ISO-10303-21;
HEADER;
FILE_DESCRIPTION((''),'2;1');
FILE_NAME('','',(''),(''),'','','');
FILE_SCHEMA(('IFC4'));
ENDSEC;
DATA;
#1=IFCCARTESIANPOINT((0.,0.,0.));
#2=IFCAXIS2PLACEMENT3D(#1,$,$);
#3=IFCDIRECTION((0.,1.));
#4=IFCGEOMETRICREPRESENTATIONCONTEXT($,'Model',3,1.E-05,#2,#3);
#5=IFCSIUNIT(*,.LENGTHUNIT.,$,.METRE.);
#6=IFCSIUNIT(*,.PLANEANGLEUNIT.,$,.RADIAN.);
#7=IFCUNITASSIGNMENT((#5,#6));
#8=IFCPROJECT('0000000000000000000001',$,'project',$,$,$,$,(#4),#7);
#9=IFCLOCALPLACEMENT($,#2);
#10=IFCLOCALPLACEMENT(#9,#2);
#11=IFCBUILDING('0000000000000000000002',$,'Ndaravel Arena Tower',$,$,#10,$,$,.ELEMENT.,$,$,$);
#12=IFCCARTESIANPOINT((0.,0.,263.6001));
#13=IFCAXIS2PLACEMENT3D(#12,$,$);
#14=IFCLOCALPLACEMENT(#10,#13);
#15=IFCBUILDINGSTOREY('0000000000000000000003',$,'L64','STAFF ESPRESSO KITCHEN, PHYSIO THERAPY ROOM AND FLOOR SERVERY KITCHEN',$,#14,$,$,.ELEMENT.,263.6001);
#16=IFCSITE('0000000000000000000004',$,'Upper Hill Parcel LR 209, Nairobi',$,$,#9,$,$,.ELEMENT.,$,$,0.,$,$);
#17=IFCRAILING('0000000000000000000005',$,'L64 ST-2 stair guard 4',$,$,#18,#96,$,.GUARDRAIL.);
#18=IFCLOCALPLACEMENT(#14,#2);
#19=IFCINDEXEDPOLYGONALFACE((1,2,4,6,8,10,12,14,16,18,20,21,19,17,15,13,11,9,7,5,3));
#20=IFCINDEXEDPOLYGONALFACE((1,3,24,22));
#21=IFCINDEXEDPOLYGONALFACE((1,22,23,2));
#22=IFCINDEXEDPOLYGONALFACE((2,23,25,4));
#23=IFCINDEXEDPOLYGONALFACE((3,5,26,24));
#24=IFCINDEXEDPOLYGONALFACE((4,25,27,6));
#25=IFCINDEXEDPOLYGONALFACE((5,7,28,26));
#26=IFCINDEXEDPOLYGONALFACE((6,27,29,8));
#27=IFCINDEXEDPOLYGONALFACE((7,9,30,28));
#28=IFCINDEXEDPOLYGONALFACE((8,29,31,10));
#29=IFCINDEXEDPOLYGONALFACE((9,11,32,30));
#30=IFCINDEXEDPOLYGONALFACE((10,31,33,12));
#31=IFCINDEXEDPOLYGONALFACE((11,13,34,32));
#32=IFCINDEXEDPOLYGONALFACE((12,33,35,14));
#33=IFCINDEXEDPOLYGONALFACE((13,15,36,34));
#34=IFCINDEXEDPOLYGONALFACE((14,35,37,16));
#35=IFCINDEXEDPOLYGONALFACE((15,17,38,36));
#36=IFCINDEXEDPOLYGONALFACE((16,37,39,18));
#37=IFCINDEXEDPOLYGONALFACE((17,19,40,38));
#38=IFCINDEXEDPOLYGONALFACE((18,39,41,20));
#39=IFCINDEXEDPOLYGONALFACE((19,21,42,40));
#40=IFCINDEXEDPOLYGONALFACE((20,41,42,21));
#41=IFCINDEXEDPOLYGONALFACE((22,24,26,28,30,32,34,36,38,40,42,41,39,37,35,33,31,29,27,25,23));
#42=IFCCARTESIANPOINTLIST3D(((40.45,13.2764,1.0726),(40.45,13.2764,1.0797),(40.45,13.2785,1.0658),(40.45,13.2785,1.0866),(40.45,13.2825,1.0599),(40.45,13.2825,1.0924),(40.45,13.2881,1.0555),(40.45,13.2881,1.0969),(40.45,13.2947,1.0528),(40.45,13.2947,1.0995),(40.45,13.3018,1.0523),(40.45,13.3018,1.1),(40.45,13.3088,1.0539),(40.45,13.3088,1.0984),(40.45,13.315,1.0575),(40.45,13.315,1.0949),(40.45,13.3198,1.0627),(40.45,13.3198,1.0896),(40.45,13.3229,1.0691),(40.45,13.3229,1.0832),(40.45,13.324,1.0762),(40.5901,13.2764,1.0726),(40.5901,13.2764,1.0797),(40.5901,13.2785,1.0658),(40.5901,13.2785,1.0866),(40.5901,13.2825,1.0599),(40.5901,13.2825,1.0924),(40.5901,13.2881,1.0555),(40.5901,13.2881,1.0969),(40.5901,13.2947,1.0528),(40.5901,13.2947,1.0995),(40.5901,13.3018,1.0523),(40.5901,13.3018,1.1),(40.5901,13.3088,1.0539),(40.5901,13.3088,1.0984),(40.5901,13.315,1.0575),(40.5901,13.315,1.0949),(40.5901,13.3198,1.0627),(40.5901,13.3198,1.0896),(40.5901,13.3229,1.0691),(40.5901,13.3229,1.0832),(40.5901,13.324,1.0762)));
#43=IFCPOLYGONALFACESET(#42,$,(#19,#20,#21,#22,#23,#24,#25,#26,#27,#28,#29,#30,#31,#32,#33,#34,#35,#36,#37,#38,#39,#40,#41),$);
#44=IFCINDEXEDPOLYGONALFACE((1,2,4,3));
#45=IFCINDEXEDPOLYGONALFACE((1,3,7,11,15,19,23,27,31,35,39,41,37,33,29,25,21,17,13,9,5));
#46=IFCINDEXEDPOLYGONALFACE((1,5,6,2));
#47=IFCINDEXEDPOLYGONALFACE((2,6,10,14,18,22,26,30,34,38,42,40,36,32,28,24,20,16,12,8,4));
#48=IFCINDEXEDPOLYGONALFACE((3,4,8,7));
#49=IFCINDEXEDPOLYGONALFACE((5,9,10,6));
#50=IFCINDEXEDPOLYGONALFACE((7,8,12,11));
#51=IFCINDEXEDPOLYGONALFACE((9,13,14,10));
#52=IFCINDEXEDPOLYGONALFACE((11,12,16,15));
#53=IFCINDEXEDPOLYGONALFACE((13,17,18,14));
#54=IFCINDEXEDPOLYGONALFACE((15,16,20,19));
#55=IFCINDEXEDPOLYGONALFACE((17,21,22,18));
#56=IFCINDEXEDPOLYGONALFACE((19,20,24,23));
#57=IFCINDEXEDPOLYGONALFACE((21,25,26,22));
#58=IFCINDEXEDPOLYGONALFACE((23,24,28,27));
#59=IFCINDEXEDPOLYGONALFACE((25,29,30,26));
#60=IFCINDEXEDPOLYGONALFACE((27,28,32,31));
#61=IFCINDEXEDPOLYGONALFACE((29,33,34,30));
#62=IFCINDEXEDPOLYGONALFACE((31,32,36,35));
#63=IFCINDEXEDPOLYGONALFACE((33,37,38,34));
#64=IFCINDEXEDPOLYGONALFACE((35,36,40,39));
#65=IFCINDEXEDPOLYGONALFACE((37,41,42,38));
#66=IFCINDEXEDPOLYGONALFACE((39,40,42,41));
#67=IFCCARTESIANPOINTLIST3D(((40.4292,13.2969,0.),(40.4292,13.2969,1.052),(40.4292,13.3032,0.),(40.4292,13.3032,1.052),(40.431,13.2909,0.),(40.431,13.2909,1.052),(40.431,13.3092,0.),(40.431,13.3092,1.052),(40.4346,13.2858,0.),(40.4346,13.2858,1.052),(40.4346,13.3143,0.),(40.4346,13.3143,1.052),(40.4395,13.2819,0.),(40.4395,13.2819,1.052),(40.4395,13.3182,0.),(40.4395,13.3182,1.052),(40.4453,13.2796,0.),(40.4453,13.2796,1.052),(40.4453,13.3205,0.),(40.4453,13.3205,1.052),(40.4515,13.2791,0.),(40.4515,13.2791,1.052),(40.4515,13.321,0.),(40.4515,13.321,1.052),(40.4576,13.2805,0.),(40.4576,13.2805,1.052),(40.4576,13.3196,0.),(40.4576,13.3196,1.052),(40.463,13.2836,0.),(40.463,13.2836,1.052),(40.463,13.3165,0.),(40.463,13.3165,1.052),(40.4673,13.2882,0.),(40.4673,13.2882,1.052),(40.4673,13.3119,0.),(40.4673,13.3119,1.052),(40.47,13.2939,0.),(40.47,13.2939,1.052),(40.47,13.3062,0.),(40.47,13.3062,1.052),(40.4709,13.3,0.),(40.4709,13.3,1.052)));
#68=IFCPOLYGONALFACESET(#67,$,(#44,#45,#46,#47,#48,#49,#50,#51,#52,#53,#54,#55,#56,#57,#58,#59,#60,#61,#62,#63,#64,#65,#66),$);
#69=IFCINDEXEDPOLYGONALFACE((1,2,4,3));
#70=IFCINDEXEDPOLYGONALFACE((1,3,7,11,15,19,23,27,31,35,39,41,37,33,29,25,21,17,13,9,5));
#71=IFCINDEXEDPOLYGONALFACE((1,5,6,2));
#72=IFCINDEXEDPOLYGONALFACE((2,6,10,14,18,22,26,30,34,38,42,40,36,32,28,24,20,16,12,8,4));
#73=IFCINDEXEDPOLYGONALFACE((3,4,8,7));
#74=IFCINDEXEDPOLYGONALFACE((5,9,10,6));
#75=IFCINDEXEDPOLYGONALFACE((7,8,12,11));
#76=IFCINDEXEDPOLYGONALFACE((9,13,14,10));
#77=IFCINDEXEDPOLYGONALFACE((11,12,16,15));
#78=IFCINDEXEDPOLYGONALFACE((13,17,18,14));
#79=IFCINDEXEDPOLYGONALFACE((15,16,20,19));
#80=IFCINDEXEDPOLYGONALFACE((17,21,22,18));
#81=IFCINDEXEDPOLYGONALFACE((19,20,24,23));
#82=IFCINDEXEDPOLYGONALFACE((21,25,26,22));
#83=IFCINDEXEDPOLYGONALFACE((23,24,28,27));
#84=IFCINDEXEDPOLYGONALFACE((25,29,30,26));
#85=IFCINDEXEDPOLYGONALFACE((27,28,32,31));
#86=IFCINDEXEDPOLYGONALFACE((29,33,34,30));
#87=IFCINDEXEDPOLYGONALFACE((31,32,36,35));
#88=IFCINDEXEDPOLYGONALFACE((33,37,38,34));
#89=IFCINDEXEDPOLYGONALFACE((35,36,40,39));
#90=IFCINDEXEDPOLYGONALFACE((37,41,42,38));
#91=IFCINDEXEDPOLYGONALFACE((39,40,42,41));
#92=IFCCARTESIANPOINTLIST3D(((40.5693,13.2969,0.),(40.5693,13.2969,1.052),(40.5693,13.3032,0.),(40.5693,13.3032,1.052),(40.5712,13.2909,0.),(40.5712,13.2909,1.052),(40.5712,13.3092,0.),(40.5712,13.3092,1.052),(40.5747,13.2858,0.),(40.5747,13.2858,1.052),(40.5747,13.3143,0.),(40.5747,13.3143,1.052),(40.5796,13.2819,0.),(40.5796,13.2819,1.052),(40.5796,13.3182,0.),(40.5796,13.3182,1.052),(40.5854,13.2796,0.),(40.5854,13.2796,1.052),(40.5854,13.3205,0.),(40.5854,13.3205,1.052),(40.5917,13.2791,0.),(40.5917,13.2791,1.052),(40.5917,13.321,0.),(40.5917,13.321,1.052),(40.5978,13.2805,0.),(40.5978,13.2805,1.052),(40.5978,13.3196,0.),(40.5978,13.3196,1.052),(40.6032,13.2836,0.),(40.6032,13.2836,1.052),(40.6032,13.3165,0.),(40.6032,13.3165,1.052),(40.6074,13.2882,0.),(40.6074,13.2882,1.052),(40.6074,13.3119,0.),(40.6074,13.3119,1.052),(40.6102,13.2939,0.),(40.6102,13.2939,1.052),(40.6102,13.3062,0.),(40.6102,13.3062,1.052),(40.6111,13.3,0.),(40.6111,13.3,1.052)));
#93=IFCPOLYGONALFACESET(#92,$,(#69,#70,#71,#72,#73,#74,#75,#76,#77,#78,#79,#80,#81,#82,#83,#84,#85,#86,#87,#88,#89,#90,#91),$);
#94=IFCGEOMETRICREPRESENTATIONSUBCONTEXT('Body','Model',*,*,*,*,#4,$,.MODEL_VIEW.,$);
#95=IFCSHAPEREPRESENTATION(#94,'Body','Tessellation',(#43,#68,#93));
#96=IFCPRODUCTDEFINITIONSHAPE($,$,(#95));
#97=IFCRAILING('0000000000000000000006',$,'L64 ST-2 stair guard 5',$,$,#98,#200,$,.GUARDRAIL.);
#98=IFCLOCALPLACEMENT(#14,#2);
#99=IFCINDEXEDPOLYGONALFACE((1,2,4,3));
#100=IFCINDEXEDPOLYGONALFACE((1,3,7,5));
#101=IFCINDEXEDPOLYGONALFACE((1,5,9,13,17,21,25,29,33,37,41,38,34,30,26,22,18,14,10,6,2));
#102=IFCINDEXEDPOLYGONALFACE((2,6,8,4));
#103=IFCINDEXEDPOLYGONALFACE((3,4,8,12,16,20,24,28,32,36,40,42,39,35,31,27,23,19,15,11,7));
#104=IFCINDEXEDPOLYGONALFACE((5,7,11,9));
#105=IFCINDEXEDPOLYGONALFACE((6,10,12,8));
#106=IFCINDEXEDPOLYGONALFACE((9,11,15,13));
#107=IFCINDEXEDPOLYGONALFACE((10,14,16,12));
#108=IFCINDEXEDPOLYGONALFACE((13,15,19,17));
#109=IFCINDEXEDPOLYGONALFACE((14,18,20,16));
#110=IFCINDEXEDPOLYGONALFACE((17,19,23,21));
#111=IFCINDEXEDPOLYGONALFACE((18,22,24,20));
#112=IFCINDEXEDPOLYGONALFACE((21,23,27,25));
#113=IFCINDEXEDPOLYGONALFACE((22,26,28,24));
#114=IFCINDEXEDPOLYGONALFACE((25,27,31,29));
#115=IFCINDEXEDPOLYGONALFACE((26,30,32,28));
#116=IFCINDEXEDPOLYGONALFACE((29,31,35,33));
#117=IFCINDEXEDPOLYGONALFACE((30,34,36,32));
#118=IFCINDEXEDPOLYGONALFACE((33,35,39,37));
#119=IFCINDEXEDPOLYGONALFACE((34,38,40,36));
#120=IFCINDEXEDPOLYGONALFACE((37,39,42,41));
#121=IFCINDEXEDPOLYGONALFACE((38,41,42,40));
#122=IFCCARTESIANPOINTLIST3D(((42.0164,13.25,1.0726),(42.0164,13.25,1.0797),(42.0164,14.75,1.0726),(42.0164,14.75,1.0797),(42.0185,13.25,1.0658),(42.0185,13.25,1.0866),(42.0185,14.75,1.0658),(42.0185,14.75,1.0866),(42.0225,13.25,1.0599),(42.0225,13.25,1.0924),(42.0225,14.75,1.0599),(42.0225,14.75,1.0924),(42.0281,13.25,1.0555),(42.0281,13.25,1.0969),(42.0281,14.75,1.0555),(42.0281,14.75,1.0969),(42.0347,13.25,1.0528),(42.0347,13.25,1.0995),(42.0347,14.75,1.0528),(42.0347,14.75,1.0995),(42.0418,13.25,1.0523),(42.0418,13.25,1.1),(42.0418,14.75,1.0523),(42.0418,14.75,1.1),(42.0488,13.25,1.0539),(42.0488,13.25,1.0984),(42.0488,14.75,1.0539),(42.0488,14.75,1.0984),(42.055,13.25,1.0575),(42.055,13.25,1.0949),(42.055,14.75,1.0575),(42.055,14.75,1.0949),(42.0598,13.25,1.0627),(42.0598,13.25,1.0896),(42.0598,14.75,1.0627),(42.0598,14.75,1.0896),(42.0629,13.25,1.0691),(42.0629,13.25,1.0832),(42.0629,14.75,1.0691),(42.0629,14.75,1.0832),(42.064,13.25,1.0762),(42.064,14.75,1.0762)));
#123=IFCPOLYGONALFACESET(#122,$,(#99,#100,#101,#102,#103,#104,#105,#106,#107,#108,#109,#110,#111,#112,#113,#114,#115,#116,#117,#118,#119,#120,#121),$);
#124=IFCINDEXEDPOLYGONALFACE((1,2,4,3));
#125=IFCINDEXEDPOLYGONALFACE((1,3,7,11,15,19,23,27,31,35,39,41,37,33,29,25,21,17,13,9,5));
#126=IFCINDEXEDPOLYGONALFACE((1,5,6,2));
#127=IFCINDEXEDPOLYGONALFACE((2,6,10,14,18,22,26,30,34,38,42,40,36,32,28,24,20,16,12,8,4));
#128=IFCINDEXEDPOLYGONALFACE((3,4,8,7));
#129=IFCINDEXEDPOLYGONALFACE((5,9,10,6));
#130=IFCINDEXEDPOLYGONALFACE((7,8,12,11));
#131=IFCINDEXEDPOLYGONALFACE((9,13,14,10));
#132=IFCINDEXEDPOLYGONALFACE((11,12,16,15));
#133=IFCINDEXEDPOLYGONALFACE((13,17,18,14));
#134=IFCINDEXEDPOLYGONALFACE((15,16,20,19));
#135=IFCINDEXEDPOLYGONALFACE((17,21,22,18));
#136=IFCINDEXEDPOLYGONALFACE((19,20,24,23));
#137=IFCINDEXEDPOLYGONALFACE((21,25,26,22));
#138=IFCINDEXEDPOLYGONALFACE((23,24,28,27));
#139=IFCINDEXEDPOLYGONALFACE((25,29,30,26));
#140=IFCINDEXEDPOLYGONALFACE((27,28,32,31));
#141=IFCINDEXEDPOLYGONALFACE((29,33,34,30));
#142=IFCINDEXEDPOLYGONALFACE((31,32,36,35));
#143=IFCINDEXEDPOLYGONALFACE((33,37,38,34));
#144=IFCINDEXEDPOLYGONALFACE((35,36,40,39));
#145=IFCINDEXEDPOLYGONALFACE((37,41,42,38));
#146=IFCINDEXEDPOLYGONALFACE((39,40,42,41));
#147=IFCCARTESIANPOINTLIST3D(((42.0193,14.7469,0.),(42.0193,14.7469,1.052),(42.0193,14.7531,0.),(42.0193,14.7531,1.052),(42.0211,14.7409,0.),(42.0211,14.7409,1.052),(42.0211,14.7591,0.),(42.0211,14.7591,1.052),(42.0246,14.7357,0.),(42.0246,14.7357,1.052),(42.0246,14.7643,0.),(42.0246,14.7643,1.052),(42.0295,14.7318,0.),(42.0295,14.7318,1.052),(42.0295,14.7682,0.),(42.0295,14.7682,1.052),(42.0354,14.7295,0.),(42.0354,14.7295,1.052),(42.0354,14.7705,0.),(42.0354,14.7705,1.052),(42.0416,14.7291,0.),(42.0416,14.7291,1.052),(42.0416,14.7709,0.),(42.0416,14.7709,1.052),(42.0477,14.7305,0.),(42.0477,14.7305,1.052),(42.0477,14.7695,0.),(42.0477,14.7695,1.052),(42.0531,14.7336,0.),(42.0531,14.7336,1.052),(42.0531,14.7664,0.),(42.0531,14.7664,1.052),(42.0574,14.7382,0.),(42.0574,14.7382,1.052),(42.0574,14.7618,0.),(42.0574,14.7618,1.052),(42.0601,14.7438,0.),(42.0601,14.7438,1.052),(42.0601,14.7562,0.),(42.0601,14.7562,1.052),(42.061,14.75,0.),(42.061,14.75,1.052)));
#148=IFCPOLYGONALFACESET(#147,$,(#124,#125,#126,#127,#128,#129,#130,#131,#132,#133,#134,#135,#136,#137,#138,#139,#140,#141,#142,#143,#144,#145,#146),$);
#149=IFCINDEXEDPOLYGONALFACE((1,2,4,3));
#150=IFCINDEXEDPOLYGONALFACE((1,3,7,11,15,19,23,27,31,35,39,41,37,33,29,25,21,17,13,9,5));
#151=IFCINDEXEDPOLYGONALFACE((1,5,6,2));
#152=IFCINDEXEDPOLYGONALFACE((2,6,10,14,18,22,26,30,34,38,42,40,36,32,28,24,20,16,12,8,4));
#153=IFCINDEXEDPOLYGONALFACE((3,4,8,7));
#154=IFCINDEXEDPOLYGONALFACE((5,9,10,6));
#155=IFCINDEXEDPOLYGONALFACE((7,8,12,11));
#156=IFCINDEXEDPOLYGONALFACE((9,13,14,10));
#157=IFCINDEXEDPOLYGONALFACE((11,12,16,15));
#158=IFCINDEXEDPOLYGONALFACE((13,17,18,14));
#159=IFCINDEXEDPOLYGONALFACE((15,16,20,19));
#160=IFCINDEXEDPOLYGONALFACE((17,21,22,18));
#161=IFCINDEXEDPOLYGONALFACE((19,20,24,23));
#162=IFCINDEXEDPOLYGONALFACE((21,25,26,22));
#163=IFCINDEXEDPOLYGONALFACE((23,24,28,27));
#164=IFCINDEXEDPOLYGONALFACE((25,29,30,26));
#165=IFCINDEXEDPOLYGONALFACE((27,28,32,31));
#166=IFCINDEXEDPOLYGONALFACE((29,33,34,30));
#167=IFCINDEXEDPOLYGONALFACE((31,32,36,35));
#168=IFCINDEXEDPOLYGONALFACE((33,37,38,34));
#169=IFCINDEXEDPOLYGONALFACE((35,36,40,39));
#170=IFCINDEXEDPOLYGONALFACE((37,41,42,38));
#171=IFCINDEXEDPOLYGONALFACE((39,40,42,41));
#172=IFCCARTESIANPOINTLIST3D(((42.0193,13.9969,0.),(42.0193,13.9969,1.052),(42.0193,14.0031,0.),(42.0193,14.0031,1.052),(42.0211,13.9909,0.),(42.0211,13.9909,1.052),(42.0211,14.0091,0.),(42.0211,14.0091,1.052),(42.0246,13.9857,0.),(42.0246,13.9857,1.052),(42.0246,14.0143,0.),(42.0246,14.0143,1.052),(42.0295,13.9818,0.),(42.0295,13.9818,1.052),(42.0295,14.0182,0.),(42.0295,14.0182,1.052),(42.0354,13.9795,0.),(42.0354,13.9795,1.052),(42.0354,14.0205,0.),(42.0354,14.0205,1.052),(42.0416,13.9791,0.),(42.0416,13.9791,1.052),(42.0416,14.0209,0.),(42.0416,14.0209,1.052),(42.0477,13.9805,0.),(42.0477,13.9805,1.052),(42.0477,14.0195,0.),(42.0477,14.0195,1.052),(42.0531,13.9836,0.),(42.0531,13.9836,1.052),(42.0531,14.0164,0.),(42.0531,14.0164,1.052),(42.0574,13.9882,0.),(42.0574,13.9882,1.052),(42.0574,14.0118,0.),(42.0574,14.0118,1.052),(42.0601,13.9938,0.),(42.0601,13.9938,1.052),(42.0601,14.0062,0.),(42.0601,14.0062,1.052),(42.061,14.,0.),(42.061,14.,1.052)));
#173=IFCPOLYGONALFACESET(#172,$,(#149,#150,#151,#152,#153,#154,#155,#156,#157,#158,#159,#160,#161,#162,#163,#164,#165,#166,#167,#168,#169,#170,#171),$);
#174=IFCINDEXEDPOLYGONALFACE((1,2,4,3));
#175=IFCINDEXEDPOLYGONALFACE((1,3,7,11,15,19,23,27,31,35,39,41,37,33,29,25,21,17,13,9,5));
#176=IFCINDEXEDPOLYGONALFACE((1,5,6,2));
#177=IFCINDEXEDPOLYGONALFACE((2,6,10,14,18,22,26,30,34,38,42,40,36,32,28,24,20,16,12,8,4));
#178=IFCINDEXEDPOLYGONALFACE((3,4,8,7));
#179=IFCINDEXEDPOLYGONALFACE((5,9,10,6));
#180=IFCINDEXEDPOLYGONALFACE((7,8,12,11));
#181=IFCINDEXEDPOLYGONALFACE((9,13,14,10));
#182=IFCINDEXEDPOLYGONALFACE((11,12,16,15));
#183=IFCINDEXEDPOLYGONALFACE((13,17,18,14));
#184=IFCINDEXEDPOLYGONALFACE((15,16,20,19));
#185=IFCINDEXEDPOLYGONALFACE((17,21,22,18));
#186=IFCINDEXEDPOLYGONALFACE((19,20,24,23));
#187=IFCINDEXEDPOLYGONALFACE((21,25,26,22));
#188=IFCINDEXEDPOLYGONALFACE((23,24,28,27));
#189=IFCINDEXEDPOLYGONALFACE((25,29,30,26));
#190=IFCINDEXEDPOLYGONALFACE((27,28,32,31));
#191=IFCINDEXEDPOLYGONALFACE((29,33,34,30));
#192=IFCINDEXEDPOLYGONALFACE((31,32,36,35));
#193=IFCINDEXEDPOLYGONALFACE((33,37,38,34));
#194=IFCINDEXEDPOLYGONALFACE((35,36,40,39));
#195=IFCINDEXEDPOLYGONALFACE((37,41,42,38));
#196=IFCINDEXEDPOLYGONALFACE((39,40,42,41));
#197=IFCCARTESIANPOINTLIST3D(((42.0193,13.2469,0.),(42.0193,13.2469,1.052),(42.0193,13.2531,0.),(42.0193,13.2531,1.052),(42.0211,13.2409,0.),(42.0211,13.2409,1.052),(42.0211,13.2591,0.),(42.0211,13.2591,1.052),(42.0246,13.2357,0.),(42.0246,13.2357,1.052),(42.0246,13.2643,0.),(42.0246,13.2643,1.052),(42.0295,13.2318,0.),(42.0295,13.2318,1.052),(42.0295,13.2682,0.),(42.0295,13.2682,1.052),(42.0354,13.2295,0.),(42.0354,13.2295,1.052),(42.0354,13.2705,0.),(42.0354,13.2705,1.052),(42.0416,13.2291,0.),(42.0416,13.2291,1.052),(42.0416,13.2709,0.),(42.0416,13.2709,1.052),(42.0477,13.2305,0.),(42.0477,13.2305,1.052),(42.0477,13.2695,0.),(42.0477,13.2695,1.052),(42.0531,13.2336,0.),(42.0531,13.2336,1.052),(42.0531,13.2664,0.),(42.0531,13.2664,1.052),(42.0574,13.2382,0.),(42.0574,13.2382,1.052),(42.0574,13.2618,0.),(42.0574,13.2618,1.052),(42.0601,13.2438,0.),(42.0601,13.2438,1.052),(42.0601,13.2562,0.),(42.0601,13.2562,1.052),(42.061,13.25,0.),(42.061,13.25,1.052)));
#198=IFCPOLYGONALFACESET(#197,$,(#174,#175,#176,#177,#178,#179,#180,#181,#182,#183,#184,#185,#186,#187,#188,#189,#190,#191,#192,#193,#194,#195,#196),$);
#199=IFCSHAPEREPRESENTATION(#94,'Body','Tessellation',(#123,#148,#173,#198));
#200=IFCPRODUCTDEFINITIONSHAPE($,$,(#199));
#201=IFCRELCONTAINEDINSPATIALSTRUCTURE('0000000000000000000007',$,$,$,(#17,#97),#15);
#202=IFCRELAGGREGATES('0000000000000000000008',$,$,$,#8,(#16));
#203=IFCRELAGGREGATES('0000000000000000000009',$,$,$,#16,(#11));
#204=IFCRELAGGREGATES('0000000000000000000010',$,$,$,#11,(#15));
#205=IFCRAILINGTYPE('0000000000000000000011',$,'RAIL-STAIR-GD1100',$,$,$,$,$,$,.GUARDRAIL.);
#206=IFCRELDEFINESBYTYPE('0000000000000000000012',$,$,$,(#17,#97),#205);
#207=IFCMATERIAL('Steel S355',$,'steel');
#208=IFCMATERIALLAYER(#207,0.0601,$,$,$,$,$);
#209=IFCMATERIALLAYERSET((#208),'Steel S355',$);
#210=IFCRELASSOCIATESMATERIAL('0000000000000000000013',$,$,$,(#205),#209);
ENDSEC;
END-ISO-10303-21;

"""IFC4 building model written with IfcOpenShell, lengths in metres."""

from ifc_helpers import new_model, si_unit, direction, frame, origin, origin_2d, place, context, subcontext, project, spatial, circle, extrude, material, layer, layer_set, type_object, element, save


model = new_model("IFC4")

# Units and contexts
model_context = context("Model", 3, precision=1e-05, world=origin(), true_north=direction((0.0, 1.0)))
body_context = subcontext(model_context, "Body", "Model", "MODEL_VIEW")
ifc_project = project(units=[si_unit("LENGTHUNIT", "METRE"), si_unit("PLANEANGLEUNIT", "RADIAN")], contexts=[model_context])

# Site, building, storey
site_placement = place(None, origin())
site = spatial("IfcSite", under=ifc_project, at=site_placement, Name="Upper Hill Parcel LR 209, Nairobi", CompositionType="ELEMENT", RefElevation=0.0)
building_placement = place(site_placement, origin())
building = spatial("IfcBuilding", under=site, at=building_placement, Name="Ndaravel Arena Tower", CompositionType="ELEMENT")
storey_placement = place(building_placement, frame((0.0, 0.0, 263.6001)))
storey = spatial("IfcBuildingStorey", under=building, at=storey_placement, Name="L64", Description="STAFF ESPRESSO KITCHEN, PHYSIO THERAPY ROOM AND FLOOR SERVERY KITCHEN", CompositionType="ELEMENT", Elevation=263.6001)

# Railings
ifc_material_1 = material(Name="Steel S355", Category="steel")
ifc_layer_1 = layer(ifc_material_1, 0.0601)
ifc_layer_set_1 = layer_set([ifc_layer_1], Name="Steel S355")
railing_type = type_object("IfcRailingType", Name="RAIL-STAIR-GD1100", PredefinedType="GUARDRAIL", material=ifc_layer_set_1)
railing_1_placement = place(storey_placement, frame((40.45, 13.3, 0.0)))
element("IfcRailing", 1, at=railing_1_placement, inside=storey, type_object=railing_type, Name="L64 ST-2 stair guard 4", PredefinedType="GUARDRAIL", context=body_context, shape_type="SweptSolid", body=[
    extrude(circle(Radius=0.0239, at=origin_2d()), frame((0.0, 0.0, 1.0762), z_axis=(1.0, 0.0, 0.0), x_axis=(0.0, 1.0, 0.0)), (0.0, 0.0, 1.0), 0.1401),
    extrude(circle(Radius=0.021, at=origin_2d()), origin(), (0.0, 0.0, 1.0), 1.052),
    extrude(circle(Radius=0.021, at=origin_2d()), frame((0.1401, 0.0, 0.0)), (0.0, 0.0, 1.0), 1.052),
])
railing_2_placement = place(storey_placement, frame((42.04, 14.75, 0.0)))
element("IfcRailing", 2, at=railing_2_placement, inside=storey, type_object=railing_type, Name="L64 ST-2 stair guard 5", PredefinedType="GUARDRAIL", context=body_context, shape_type="SweptSolid", body=[
    extrude(circle(Radius=0.0239, at=origin_2d()), frame((0.0, 0.0, 1.0762), z_axis=(0.0, -1.0, 0.0), x_axis=(1.0, 0.0, 0.0)), (0.0, 0.0, 1.0), 1.5),
    extrude(circle(Radius=0.021, at=origin_2d()), origin(), (0.0, 0.0, 1.0), 1.052),
    extrude(circle(Radius=0.021, at=origin_2d()), frame((0.0, -0.75, 0.0)), (0.0, 0.0, 1.0), 1.052),
    extrude(circle(Radius=0.021, at=origin_2d()), frame((0.0, -1.5, 0.0)), (0.0, 0.0, 1.0), 1.052),
])

save(model, "model.ifc")
